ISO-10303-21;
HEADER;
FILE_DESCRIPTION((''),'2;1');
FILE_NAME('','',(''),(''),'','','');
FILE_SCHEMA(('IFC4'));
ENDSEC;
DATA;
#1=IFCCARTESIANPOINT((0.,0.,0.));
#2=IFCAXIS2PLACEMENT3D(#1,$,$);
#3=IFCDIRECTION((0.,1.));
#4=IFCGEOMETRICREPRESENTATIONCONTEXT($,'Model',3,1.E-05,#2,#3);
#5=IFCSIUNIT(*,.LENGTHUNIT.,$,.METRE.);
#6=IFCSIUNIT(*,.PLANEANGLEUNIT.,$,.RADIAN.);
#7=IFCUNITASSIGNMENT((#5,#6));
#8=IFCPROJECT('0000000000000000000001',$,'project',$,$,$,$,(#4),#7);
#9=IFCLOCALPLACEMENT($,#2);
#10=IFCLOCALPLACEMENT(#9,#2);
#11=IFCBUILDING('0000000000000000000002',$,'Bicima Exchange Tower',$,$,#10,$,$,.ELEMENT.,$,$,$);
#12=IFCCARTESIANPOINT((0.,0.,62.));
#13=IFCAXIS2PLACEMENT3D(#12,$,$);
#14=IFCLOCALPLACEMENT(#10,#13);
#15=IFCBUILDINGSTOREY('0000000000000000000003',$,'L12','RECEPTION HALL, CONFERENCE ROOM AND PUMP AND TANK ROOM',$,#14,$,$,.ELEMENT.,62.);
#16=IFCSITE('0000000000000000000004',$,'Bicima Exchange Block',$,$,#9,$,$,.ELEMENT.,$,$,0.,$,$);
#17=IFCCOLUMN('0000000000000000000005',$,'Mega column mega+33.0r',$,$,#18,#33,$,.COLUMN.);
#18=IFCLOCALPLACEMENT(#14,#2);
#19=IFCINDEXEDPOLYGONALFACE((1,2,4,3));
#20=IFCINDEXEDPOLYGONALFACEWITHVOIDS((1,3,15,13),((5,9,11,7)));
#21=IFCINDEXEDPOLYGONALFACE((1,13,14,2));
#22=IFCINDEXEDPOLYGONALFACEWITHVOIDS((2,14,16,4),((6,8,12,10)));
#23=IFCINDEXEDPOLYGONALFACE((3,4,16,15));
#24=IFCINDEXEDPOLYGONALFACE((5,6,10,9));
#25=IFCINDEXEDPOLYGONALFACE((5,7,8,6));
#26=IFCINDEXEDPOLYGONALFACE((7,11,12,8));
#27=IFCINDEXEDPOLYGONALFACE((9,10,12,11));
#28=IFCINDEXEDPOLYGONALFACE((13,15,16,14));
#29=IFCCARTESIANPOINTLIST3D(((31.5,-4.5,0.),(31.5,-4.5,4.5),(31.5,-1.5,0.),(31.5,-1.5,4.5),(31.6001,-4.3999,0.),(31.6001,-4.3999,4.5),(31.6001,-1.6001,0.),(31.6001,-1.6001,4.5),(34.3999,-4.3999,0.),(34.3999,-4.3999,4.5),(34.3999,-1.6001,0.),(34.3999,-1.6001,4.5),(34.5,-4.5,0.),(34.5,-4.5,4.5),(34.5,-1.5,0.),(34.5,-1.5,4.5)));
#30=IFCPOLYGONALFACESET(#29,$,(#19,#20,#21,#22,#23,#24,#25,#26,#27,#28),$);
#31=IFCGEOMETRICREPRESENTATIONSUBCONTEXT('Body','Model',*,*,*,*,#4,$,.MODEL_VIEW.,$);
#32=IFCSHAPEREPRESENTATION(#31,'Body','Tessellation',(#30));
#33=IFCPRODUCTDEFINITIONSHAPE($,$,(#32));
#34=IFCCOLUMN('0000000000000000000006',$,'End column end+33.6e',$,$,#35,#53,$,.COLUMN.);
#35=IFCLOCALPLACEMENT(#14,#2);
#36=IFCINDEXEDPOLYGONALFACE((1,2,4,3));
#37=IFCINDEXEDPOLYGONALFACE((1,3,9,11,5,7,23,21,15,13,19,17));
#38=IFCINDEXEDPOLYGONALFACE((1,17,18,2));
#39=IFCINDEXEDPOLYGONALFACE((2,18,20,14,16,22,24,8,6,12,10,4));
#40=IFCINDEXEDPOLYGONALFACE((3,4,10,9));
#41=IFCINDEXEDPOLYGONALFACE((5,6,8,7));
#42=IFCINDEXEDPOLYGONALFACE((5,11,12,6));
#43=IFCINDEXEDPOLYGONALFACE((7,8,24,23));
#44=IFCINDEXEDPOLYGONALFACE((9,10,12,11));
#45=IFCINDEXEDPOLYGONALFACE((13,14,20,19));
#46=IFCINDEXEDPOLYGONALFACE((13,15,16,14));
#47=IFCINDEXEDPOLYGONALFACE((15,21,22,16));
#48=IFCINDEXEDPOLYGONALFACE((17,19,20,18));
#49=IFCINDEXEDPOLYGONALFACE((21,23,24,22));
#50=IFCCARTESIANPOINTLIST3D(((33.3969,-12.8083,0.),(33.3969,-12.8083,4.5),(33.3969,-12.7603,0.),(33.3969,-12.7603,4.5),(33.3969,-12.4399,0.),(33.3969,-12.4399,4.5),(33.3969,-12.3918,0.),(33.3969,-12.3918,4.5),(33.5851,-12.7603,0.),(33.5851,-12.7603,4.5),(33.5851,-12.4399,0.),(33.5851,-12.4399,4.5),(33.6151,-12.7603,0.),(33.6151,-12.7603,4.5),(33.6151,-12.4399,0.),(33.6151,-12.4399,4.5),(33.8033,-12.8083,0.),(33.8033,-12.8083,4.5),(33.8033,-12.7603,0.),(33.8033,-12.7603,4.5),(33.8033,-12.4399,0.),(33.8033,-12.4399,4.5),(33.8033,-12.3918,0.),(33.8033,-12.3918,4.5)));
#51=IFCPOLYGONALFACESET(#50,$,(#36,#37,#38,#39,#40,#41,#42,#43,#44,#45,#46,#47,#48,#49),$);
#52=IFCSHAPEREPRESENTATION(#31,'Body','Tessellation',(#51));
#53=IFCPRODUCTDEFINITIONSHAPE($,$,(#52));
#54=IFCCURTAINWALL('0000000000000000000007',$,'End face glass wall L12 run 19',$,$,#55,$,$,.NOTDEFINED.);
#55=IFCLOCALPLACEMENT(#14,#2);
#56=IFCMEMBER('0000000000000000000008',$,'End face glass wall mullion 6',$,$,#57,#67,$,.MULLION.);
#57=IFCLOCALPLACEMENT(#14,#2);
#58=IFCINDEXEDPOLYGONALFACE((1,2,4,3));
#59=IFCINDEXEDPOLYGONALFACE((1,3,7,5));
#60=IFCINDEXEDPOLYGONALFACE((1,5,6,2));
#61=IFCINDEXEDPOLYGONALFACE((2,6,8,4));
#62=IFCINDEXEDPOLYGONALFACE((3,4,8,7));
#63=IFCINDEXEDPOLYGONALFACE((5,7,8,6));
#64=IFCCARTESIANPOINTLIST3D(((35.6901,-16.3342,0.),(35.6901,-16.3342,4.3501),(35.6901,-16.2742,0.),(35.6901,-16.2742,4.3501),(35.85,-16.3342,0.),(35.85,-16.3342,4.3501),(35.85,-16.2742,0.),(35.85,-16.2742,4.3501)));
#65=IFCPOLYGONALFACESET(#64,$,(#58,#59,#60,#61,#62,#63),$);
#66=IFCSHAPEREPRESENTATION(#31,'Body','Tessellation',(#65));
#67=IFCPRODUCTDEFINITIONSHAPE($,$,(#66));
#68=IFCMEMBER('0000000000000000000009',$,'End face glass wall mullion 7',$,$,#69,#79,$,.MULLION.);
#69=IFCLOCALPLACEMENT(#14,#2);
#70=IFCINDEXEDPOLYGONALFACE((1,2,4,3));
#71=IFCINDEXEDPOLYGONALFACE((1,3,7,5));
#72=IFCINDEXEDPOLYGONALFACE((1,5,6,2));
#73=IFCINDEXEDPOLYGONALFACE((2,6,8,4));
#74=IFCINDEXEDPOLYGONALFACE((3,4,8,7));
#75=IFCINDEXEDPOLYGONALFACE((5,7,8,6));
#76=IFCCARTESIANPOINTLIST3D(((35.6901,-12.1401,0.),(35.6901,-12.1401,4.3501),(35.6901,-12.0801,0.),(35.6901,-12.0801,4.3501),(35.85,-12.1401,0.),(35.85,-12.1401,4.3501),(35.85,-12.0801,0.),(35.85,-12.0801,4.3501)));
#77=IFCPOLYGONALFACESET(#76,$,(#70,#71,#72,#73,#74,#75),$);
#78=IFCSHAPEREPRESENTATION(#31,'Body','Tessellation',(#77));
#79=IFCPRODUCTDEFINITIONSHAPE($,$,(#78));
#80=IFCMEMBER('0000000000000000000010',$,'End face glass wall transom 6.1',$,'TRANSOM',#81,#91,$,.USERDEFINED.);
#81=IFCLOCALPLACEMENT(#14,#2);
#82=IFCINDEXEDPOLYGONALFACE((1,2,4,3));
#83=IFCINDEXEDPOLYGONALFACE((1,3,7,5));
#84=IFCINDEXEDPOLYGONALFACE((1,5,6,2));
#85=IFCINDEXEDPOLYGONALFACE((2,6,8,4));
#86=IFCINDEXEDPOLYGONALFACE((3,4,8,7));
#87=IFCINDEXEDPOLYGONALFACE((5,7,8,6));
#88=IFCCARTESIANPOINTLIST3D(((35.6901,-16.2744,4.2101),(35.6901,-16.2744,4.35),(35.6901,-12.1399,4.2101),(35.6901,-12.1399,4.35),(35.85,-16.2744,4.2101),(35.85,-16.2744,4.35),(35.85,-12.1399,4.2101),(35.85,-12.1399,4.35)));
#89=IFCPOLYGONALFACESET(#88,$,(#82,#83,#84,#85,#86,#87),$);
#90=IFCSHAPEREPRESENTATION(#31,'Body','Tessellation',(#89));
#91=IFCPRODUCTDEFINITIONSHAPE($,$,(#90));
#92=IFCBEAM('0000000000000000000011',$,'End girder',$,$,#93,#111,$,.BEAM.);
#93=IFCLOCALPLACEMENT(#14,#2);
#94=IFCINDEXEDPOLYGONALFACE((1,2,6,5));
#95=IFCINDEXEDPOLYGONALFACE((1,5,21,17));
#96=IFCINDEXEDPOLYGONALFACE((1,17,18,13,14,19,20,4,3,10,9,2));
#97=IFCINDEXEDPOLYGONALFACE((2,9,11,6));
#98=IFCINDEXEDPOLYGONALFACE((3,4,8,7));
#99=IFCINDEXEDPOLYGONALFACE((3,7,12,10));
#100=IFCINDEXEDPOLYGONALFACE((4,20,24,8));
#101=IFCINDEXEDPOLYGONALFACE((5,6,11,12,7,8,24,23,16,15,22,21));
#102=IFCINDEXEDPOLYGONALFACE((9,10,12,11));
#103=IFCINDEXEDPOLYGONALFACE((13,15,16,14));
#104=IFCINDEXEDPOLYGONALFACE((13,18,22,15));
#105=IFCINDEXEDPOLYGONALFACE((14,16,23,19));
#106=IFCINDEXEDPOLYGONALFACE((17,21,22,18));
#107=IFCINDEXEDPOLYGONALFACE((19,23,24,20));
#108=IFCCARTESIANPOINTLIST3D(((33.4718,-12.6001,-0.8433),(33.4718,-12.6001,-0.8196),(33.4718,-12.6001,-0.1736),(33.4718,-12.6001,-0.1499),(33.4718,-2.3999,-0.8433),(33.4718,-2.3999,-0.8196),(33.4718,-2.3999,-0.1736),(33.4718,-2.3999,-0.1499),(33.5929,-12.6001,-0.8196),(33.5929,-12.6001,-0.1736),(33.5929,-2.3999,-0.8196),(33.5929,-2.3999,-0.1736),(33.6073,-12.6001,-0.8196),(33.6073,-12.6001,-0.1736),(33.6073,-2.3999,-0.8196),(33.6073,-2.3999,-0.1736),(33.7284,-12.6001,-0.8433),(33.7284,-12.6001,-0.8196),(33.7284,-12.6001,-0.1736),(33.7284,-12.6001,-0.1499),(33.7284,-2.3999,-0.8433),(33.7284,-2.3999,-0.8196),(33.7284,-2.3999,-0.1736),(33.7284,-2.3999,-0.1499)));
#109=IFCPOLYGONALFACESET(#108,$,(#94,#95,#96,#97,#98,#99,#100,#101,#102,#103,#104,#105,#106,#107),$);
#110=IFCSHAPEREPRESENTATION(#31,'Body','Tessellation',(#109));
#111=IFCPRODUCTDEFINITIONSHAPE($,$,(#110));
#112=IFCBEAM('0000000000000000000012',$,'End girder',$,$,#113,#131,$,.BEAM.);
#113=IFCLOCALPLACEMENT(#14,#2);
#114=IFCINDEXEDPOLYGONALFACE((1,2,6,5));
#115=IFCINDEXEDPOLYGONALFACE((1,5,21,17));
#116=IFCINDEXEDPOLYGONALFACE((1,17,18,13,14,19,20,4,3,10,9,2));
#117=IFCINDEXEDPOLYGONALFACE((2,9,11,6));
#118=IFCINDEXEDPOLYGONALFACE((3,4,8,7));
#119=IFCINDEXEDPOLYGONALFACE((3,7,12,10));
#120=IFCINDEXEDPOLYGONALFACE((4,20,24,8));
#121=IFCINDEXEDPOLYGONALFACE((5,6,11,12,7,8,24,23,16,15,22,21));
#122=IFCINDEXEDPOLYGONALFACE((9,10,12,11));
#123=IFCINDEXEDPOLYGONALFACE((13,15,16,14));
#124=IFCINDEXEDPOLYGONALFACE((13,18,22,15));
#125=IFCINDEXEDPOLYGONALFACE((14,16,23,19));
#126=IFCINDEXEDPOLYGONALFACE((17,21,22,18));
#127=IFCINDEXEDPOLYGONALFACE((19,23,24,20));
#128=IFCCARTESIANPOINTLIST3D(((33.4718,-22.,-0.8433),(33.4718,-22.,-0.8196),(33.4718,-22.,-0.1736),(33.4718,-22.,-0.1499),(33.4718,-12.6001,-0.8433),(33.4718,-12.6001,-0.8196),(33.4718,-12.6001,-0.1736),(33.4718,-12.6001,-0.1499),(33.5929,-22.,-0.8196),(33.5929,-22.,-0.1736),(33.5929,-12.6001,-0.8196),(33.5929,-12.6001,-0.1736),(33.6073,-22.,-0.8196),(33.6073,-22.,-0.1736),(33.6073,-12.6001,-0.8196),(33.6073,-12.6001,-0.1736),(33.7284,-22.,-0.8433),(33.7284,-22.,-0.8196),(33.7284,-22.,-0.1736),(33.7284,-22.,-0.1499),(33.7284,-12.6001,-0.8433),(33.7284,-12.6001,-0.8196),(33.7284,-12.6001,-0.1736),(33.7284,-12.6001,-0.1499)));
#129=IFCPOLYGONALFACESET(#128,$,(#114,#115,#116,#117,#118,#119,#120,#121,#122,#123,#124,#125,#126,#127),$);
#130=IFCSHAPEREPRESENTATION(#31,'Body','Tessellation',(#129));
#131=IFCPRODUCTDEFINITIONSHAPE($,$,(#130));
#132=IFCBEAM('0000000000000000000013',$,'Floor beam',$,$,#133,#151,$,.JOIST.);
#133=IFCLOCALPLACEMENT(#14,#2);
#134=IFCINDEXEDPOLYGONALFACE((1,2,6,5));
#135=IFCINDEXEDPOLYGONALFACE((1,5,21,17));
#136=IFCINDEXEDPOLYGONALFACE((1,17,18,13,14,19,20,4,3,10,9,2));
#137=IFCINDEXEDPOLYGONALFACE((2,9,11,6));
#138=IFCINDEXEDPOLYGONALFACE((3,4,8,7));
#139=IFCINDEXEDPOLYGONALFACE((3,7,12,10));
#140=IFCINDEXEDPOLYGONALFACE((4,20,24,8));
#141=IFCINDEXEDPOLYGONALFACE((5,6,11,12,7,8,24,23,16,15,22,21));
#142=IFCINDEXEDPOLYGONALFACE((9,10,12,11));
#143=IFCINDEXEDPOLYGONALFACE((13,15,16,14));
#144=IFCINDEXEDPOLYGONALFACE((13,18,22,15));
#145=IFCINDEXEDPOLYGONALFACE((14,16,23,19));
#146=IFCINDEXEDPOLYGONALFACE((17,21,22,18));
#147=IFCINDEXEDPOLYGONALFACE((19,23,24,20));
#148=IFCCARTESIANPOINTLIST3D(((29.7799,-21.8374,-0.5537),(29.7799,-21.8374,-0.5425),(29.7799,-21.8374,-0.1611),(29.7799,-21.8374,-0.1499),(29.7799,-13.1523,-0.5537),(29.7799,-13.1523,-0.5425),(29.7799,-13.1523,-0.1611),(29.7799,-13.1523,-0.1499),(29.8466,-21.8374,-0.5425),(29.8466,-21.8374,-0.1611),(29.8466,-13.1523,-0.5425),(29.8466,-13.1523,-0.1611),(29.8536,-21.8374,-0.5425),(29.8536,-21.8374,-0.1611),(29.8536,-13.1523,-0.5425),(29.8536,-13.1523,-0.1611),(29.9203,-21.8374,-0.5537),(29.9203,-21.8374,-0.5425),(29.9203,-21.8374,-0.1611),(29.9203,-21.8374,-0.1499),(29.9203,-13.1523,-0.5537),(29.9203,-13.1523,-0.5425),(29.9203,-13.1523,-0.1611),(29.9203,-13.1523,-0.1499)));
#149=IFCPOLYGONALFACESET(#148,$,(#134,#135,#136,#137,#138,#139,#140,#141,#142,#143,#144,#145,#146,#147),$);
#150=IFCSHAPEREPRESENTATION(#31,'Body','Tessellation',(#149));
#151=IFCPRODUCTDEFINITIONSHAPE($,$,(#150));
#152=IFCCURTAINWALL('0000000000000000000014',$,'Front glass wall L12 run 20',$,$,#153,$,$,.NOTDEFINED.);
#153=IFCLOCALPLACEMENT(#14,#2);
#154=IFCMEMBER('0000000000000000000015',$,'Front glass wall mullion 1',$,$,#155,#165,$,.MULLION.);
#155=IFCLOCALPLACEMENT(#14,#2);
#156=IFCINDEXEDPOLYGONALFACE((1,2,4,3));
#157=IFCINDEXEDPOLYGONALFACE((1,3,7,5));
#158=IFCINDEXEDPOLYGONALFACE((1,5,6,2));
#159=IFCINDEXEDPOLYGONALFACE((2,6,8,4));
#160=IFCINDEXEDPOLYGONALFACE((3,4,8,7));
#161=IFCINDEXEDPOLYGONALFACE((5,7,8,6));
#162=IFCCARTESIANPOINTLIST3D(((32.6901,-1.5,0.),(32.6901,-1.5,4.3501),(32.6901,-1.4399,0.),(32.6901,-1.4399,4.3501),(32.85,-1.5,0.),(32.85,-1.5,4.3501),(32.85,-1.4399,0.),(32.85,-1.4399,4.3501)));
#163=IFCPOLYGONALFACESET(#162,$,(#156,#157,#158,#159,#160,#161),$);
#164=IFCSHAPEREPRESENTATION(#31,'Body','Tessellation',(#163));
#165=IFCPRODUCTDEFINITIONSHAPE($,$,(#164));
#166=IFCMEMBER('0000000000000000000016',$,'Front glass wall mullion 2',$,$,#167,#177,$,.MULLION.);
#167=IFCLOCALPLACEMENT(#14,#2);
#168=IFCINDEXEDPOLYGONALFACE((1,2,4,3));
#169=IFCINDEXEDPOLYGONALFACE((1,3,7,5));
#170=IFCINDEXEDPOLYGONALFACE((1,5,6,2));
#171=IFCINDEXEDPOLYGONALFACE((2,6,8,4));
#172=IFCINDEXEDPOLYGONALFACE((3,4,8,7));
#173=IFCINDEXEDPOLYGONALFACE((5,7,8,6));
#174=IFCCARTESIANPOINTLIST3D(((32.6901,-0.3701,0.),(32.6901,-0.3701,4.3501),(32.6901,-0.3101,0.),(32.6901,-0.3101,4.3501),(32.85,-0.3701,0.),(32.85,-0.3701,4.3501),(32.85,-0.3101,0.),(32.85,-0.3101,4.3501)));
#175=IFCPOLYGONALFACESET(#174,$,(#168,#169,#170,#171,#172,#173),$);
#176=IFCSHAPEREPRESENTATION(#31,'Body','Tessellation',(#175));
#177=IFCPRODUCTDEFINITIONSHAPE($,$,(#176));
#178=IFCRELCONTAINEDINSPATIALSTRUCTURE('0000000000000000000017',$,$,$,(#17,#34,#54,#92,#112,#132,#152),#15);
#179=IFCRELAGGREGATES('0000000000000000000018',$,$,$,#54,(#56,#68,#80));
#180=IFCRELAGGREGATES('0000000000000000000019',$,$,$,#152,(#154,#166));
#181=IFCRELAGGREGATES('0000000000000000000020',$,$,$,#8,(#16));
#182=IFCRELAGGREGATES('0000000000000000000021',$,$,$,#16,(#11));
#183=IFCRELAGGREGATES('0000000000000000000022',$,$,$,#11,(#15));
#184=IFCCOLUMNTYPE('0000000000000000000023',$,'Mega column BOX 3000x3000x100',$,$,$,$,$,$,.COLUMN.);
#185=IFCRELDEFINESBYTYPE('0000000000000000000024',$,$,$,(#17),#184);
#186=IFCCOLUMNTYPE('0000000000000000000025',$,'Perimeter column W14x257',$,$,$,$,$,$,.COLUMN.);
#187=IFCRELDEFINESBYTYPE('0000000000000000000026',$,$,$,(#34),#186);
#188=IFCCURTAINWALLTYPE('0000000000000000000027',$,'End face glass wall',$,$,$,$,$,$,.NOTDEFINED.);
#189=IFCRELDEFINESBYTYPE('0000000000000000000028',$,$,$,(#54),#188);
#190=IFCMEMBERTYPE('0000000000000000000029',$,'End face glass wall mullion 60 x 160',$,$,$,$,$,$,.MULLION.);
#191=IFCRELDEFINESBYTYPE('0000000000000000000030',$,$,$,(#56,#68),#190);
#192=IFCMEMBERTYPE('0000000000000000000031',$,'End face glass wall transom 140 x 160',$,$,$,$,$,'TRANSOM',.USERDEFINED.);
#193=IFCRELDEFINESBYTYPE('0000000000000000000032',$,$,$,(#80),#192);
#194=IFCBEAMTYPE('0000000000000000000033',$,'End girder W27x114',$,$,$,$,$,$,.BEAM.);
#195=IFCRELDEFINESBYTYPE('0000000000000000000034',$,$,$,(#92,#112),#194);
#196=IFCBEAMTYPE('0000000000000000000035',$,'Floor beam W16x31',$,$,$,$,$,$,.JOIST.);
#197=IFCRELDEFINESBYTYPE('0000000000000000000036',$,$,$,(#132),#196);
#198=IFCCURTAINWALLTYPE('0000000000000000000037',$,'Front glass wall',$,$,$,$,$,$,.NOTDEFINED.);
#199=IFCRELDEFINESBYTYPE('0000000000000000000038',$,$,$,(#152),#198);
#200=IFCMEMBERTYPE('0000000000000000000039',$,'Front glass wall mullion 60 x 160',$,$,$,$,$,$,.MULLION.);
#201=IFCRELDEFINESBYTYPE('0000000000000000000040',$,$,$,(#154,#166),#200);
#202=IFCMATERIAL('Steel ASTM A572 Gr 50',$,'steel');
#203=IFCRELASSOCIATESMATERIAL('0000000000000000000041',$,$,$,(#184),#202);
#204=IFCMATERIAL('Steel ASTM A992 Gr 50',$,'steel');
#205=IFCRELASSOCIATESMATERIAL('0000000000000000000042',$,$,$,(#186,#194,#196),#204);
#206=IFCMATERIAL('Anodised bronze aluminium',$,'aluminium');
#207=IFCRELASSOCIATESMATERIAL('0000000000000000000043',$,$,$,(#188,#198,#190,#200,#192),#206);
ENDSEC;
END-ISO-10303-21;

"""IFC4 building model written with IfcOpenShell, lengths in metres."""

from ifc_helpers import new_model, si_unit, direction, frame, origin, origin_2d, place, context, subcontext, project, spatial, rectangle, hollow_rectangle, i_section, extrude, material, material_profile, profile_set, type_object, element, aggregate, save


model = new_model("IFC4")

# Units and contexts
model_context = context("Model", 3, precision=1e-05, world=origin(), true_north=direction((0.0, 1.0)))
body_context = subcontext(model_context, "Body", "Model", "MODEL_VIEW")
ifc_project = project(units=[si_unit("LENGTHUNIT", "METRE"), si_unit("PLANEANGLEUNIT", "RADIAN")], contexts=[model_context])

# Site, building, storey
site_placement = place(None, origin())
site = spatial("IfcSite", under=ifc_project, at=site_placement, Name="Bicima Exchange Block", CompositionType="ELEMENT", RefElevation=0.0)
building_placement = place(site_placement, origin())
building = spatial("IfcBuilding", under=site, at=building_placement, Name="Bicima Exchange Tower", CompositionType="ELEMENT")
storey_placement = place(building_placement, frame((0.0, 0.0, 62.0)))
storey = spatial("IfcBuildingStorey", under=building, at=storey_placement, Name="L12", Description="RECEPTION HALL, CONFERENCE ROOM AND PUMP AND TANK ROOM", CompositionType="ELEMENT", Elevation=62.0)

# Columns
ifc_material_1 = material(Name="Steel ASTM A572 Gr 50", Category="steel")
ifc_material_profile_1 = material_profile(ifc_material_1, hollow_rectangle(XDim=3.0, YDim=3.0, WallThickness=0.1001, at=origin_2d()))
ifc_profile_set_1 = profile_set([ifc_material_profile_1], Name="Steel ASTM A572 Gr 50")
column_type_1 = type_object("IfcColumnType", Name="Mega column BOX 3000x3000x100", PredefinedType="COLUMN", material=ifc_profile_set_1)
column_1_placement = place(storey_placement, frame((33.0, -3.0, 0.0), z_axis=(0.0, 0.0, 1.0), x_axis=(1.0, 0.0, 0.0)))
element("IfcColumn", 1, at=column_1_placement, inside=storey, type_object=column_type_1, Name="Mega column mega+33.0r", PredefinedType="COLUMN", context=body_context, shape_type="SweptSolid", body=[
    extrude(hollow_rectangle(XDim=3.0, YDim=3.0, WallThickness=0.1001, at=origin_2d()), origin(), (0.0, 0.0, 1.0), 4.5),
])
ifc_material_2 = material(Name="Steel ASTM A992 Gr 50", Category="steel")
ifc_material_profile_2 = material_profile(ifc_material_2, i_section(OverallWidth=0.4065, OverallDepth=0.4165, WebThickness=0.03, FlangeThickness=0.0481, at=origin_2d()))
ifc_profile_set_2 = profile_set([ifc_material_profile_2], Name="Steel ASTM A992 Gr 50")
column_type_2 = type_object("IfcColumnType", Name="Perimeter column W14x257", PredefinedType="COLUMN", material=ifc_profile_set_2)
column_2_placement = place(storey_placement, frame((33.6001, -12.6001, 0.0), z_axis=(0.0, 0.0, 1.0), x_axis=(1.0, 0.0, 0.0)))
element("IfcColumn", 2, at=column_2_placement, inside=storey, type_object=column_type_2, Name="End column end+33.6e", PredefinedType="COLUMN", context=body_context, shape_type="SweptSolid", body=[
    extrude(i_section(OverallWidth=0.4065, OverallDepth=0.4165, WebThickness=0.03, FlangeThickness=0.0481, at=origin_2d()), origin(), (0.0, 0.0, 1.0), 4.5),
])

# Curtain wall, members
ifc_material_3 = material(Name="Anodised bronze aluminium", Category="aluminium")
curtain_wall_type_1 = type_object("IfcCurtainWallType", Name="End face glass wall", PredefinedType="NOTDEFINED", material=ifc_material_3)
curtain_wall_1_placement = place(storey_placement, origin())
curtain_wall_1 = element("IfcCurtainWall", 3, at=curtain_wall_1_placement, inside=storey, type_object=curtain_wall_type_1, Name="End face glass wall L12 run 19", PredefinedType="NOTDEFINED")
ifc_material_profile_3 = material_profile(ifc_material_3, rectangle(XDim=0.1599, YDim=0.0601, at=origin_2d()))
ifc_profile_set_3 = profile_set([ifc_material_profile_3], Name="Anodised bronze aluminium")
member_type_1 = type_object("IfcMemberType", Name="End face glass wall mullion 60 x 160", PredefinedType="MULLION", material=ifc_profile_set_3)
member_1_placement = place(storey_placement, frame((35.77, -16.3042, 0.0), z_axis=(0.0, 0.0, 1.0), x_axis=(-1.0, 0.0, 0.0)))
member_1 = element("IfcMember", 4, at=member_1_placement, type_object=member_type_1, Name="End face glass wall mullion 6", PredefinedType="MULLION", context=body_context, shape_type="SweptSolid", body=[
    extrude(rectangle(XDim=0.1599, YDim=0.0601, at=origin_2d()), origin(), (0.0, 0.0, 1.0), 4.3501),
])
member_2_placement = place(storey_placement, frame((35.77, -12.1101, 0.0), z_axis=(0.0, 0.0, 1.0), x_axis=(-1.0, 0.0, 0.0)))
member_2 = element("IfcMember", 5, at=member_2_placement, type_object=member_type_1, Name="End face glass wall mullion 7", PredefinedType="MULLION", context=body_context, shape_type="SweptSolid", body=[
    extrude(rectangle(XDim=0.1599, YDim=0.0601, at=origin_2d()), origin(), (0.0, 0.0, 1.0), 4.3501),
])
ifc_material_profile_4 = material_profile(ifc_material_3, rectangle(XDim=0.1599, YDim=0.1399, at=origin_2d()))
ifc_profile_set_4 = profile_set([ifc_material_profile_4], Name="Anodised bronze aluminium")
member_type_2 = type_object("IfcMemberType", Name="End face glass wall transom 140 x 160", ElementType="TRANSOM", PredefinedType="USERDEFINED", material=ifc_profile_set_4)
member_3_placement = place(storey_placement, frame((35.77, -16.2744, 4.28), z_axis=(0.0, 1.0, 0.0), x_axis=(-1.0, 0.0, 0.0)))
member_3 = element("IfcMember", 6, at=member_3_placement, type_object=member_type_2, Name="End face glass wall transom 6.1", ObjectType="TRANSOM", PredefinedType="USERDEFINED", context=body_context, shape_type="SweptSolid", body=[
    extrude(rectangle(XDim=0.1599, YDim=0.1399, at=origin_2d()), origin(), (0.0, 0.0, 1.0), 4.1345),
])

# Beams
ifc_material_profile_5 = material_profile(ifc_material_2, i_section(OverallWidth=0.2566, OverallDepth=0.6934, WebThickness=0.0144, FlangeThickness=0.0237, at=origin_2d()))
ifc_profile_set_5 = profile_set([ifc_material_profile_5], Name="Steel ASTM A992 Gr 50")
beam_type_1 = type_object("IfcBeamType", Name="End girder W27x114", PredefinedType="BEAM", material=ifc_profile_set_5)
beam_1_placement = place(storey_placement, frame((33.6001, -2.3999, -0.4966), z_axis=(0.0, -1.0, 0.0), x_axis=(1.0, 0.0, 0.0)))
element("IfcBeam", 7, at=beam_1_placement, inside=storey, type_object=beam_type_1, Name="End girder", PredefinedType="BEAM", context=body_context, shape_type="SweptSolid", body=[
    extrude(i_section(OverallWidth=0.2566, OverallDepth=0.6934, WebThickness=0.0144, FlangeThickness=0.0237, at=origin_2d()), origin(), (0.0, 0.0, 1.0), 10.2002),
])
beam_2_placement = place(storey_placement, frame((33.6001, -12.6001, -0.4966), z_axis=(0.0, -1.0, 0.0), x_axis=(1.0, 0.0, 0.0)))
element("IfcBeam", 8, at=beam_2_placement, inside=storey, type_object=beam_type_1, Name="End girder", PredefinedType="BEAM", context=body_context, shape_type="SweptSolid", body=[
    extrude(i_section(OverallWidth=0.2566, OverallDepth=0.6934, WebThickness=0.0144, FlangeThickness=0.0237, at=origin_2d()), origin(), (0.0, 0.0, 1.0), 9.3999),
])
ifc_material_profile_6 = material_profile(ifc_material_2, i_section(OverallWidth=0.1404, OverallDepth=0.4038, WebThickness=0.0071, FlangeThickness=0.0112, at=origin_2d()))
ifc_profile_set_6 = profile_set([ifc_material_profile_6], Name="Steel ASTM A992 Gr 50")
beam_type_2 = type_object("IfcBeamType", Name="Floor beam W16x31", PredefinedType="JOIST", material=ifc_profile_set_6)
beam_3_placement = place(storey_placement, frame((29.8501, -13.1523, -0.3518), z_axis=(0.0, -1.0, 0.0), x_axis=(1.0, 0.0, 0.0)))
element("IfcBeam", 9, at=beam_3_placement, inside=storey, type_object=beam_type_2, Name="Floor beam", PredefinedType="JOIST", context=body_context, shape_type="SweptSolid", body=[
    extrude(i_section(OverallWidth=0.1404, OverallDepth=0.4038, WebThickness=0.0071, FlangeThickness=0.0112, at=origin_2d()), origin(), (0.0, 0.0, 1.0), 8.6851),
])

# Curtain wall, members
curtain_wall_type_2 = type_object("IfcCurtainWallType", Name="Front glass wall", PredefinedType="NOTDEFINED", material=ifc_material_3)
curtain_wall_2_placement = place(storey_placement, origin())
curtain_wall_2 = element("IfcCurtainWall", 10, at=curtain_wall_2_placement, inside=storey, type_object=curtain_wall_type_2, Name="Front glass wall L12 run 20", PredefinedType="NOTDEFINED")
member_type_3 = type_object("IfcMemberType", Name="Front glass wall mullion 60 x 160", PredefinedType="MULLION", material=ifc_profile_set_3)
member_4_placement = place(storey_placement, frame((32.77, -1.47, 0.0), z_axis=(0.0, 0.0, 1.0), x_axis=(-1.0, 0.0, 0.0)))
member_4 = element("IfcMember", 11, at=member_4_placement, type_object=member_type_3, Name="Front glass wall mullion 1", PredefinedType="MULLION", context=body_context, shape_type="SweptSolid", body=[
    extrude(rectangle(XDim=0.1599, YDim=0.0601, at=origin_2d()), origin(), (0.0, 0.0, 1.0), 4.3501),
])
member_5_placement = place(storey_placement, frame((32.77, -0.3401, 0.0), z_axis=(0.0, 0.0, 1.0), x_axis=(-1.0, 0.0, 0.0)))
member_5 = element("IfcMember", 12, at=member_5_placement, type_object=member_type_3, Name="Front glass wall mullion 2", PredefinedType="MULLION", context=body_context, shape_type="SweptSolid", body=[
    extrude(rectangle(XDim=0.1599, YDim=0.0601, at=origin_2d()), origin(), (0.0, 0.0, 1.0), 4.3501),
])

aggregate(curtain_wall_1, [member_1, member_2, member_3])
aggregate(curtain_wall_2, [member_4, member_5])

save(model, "model.ifc")
